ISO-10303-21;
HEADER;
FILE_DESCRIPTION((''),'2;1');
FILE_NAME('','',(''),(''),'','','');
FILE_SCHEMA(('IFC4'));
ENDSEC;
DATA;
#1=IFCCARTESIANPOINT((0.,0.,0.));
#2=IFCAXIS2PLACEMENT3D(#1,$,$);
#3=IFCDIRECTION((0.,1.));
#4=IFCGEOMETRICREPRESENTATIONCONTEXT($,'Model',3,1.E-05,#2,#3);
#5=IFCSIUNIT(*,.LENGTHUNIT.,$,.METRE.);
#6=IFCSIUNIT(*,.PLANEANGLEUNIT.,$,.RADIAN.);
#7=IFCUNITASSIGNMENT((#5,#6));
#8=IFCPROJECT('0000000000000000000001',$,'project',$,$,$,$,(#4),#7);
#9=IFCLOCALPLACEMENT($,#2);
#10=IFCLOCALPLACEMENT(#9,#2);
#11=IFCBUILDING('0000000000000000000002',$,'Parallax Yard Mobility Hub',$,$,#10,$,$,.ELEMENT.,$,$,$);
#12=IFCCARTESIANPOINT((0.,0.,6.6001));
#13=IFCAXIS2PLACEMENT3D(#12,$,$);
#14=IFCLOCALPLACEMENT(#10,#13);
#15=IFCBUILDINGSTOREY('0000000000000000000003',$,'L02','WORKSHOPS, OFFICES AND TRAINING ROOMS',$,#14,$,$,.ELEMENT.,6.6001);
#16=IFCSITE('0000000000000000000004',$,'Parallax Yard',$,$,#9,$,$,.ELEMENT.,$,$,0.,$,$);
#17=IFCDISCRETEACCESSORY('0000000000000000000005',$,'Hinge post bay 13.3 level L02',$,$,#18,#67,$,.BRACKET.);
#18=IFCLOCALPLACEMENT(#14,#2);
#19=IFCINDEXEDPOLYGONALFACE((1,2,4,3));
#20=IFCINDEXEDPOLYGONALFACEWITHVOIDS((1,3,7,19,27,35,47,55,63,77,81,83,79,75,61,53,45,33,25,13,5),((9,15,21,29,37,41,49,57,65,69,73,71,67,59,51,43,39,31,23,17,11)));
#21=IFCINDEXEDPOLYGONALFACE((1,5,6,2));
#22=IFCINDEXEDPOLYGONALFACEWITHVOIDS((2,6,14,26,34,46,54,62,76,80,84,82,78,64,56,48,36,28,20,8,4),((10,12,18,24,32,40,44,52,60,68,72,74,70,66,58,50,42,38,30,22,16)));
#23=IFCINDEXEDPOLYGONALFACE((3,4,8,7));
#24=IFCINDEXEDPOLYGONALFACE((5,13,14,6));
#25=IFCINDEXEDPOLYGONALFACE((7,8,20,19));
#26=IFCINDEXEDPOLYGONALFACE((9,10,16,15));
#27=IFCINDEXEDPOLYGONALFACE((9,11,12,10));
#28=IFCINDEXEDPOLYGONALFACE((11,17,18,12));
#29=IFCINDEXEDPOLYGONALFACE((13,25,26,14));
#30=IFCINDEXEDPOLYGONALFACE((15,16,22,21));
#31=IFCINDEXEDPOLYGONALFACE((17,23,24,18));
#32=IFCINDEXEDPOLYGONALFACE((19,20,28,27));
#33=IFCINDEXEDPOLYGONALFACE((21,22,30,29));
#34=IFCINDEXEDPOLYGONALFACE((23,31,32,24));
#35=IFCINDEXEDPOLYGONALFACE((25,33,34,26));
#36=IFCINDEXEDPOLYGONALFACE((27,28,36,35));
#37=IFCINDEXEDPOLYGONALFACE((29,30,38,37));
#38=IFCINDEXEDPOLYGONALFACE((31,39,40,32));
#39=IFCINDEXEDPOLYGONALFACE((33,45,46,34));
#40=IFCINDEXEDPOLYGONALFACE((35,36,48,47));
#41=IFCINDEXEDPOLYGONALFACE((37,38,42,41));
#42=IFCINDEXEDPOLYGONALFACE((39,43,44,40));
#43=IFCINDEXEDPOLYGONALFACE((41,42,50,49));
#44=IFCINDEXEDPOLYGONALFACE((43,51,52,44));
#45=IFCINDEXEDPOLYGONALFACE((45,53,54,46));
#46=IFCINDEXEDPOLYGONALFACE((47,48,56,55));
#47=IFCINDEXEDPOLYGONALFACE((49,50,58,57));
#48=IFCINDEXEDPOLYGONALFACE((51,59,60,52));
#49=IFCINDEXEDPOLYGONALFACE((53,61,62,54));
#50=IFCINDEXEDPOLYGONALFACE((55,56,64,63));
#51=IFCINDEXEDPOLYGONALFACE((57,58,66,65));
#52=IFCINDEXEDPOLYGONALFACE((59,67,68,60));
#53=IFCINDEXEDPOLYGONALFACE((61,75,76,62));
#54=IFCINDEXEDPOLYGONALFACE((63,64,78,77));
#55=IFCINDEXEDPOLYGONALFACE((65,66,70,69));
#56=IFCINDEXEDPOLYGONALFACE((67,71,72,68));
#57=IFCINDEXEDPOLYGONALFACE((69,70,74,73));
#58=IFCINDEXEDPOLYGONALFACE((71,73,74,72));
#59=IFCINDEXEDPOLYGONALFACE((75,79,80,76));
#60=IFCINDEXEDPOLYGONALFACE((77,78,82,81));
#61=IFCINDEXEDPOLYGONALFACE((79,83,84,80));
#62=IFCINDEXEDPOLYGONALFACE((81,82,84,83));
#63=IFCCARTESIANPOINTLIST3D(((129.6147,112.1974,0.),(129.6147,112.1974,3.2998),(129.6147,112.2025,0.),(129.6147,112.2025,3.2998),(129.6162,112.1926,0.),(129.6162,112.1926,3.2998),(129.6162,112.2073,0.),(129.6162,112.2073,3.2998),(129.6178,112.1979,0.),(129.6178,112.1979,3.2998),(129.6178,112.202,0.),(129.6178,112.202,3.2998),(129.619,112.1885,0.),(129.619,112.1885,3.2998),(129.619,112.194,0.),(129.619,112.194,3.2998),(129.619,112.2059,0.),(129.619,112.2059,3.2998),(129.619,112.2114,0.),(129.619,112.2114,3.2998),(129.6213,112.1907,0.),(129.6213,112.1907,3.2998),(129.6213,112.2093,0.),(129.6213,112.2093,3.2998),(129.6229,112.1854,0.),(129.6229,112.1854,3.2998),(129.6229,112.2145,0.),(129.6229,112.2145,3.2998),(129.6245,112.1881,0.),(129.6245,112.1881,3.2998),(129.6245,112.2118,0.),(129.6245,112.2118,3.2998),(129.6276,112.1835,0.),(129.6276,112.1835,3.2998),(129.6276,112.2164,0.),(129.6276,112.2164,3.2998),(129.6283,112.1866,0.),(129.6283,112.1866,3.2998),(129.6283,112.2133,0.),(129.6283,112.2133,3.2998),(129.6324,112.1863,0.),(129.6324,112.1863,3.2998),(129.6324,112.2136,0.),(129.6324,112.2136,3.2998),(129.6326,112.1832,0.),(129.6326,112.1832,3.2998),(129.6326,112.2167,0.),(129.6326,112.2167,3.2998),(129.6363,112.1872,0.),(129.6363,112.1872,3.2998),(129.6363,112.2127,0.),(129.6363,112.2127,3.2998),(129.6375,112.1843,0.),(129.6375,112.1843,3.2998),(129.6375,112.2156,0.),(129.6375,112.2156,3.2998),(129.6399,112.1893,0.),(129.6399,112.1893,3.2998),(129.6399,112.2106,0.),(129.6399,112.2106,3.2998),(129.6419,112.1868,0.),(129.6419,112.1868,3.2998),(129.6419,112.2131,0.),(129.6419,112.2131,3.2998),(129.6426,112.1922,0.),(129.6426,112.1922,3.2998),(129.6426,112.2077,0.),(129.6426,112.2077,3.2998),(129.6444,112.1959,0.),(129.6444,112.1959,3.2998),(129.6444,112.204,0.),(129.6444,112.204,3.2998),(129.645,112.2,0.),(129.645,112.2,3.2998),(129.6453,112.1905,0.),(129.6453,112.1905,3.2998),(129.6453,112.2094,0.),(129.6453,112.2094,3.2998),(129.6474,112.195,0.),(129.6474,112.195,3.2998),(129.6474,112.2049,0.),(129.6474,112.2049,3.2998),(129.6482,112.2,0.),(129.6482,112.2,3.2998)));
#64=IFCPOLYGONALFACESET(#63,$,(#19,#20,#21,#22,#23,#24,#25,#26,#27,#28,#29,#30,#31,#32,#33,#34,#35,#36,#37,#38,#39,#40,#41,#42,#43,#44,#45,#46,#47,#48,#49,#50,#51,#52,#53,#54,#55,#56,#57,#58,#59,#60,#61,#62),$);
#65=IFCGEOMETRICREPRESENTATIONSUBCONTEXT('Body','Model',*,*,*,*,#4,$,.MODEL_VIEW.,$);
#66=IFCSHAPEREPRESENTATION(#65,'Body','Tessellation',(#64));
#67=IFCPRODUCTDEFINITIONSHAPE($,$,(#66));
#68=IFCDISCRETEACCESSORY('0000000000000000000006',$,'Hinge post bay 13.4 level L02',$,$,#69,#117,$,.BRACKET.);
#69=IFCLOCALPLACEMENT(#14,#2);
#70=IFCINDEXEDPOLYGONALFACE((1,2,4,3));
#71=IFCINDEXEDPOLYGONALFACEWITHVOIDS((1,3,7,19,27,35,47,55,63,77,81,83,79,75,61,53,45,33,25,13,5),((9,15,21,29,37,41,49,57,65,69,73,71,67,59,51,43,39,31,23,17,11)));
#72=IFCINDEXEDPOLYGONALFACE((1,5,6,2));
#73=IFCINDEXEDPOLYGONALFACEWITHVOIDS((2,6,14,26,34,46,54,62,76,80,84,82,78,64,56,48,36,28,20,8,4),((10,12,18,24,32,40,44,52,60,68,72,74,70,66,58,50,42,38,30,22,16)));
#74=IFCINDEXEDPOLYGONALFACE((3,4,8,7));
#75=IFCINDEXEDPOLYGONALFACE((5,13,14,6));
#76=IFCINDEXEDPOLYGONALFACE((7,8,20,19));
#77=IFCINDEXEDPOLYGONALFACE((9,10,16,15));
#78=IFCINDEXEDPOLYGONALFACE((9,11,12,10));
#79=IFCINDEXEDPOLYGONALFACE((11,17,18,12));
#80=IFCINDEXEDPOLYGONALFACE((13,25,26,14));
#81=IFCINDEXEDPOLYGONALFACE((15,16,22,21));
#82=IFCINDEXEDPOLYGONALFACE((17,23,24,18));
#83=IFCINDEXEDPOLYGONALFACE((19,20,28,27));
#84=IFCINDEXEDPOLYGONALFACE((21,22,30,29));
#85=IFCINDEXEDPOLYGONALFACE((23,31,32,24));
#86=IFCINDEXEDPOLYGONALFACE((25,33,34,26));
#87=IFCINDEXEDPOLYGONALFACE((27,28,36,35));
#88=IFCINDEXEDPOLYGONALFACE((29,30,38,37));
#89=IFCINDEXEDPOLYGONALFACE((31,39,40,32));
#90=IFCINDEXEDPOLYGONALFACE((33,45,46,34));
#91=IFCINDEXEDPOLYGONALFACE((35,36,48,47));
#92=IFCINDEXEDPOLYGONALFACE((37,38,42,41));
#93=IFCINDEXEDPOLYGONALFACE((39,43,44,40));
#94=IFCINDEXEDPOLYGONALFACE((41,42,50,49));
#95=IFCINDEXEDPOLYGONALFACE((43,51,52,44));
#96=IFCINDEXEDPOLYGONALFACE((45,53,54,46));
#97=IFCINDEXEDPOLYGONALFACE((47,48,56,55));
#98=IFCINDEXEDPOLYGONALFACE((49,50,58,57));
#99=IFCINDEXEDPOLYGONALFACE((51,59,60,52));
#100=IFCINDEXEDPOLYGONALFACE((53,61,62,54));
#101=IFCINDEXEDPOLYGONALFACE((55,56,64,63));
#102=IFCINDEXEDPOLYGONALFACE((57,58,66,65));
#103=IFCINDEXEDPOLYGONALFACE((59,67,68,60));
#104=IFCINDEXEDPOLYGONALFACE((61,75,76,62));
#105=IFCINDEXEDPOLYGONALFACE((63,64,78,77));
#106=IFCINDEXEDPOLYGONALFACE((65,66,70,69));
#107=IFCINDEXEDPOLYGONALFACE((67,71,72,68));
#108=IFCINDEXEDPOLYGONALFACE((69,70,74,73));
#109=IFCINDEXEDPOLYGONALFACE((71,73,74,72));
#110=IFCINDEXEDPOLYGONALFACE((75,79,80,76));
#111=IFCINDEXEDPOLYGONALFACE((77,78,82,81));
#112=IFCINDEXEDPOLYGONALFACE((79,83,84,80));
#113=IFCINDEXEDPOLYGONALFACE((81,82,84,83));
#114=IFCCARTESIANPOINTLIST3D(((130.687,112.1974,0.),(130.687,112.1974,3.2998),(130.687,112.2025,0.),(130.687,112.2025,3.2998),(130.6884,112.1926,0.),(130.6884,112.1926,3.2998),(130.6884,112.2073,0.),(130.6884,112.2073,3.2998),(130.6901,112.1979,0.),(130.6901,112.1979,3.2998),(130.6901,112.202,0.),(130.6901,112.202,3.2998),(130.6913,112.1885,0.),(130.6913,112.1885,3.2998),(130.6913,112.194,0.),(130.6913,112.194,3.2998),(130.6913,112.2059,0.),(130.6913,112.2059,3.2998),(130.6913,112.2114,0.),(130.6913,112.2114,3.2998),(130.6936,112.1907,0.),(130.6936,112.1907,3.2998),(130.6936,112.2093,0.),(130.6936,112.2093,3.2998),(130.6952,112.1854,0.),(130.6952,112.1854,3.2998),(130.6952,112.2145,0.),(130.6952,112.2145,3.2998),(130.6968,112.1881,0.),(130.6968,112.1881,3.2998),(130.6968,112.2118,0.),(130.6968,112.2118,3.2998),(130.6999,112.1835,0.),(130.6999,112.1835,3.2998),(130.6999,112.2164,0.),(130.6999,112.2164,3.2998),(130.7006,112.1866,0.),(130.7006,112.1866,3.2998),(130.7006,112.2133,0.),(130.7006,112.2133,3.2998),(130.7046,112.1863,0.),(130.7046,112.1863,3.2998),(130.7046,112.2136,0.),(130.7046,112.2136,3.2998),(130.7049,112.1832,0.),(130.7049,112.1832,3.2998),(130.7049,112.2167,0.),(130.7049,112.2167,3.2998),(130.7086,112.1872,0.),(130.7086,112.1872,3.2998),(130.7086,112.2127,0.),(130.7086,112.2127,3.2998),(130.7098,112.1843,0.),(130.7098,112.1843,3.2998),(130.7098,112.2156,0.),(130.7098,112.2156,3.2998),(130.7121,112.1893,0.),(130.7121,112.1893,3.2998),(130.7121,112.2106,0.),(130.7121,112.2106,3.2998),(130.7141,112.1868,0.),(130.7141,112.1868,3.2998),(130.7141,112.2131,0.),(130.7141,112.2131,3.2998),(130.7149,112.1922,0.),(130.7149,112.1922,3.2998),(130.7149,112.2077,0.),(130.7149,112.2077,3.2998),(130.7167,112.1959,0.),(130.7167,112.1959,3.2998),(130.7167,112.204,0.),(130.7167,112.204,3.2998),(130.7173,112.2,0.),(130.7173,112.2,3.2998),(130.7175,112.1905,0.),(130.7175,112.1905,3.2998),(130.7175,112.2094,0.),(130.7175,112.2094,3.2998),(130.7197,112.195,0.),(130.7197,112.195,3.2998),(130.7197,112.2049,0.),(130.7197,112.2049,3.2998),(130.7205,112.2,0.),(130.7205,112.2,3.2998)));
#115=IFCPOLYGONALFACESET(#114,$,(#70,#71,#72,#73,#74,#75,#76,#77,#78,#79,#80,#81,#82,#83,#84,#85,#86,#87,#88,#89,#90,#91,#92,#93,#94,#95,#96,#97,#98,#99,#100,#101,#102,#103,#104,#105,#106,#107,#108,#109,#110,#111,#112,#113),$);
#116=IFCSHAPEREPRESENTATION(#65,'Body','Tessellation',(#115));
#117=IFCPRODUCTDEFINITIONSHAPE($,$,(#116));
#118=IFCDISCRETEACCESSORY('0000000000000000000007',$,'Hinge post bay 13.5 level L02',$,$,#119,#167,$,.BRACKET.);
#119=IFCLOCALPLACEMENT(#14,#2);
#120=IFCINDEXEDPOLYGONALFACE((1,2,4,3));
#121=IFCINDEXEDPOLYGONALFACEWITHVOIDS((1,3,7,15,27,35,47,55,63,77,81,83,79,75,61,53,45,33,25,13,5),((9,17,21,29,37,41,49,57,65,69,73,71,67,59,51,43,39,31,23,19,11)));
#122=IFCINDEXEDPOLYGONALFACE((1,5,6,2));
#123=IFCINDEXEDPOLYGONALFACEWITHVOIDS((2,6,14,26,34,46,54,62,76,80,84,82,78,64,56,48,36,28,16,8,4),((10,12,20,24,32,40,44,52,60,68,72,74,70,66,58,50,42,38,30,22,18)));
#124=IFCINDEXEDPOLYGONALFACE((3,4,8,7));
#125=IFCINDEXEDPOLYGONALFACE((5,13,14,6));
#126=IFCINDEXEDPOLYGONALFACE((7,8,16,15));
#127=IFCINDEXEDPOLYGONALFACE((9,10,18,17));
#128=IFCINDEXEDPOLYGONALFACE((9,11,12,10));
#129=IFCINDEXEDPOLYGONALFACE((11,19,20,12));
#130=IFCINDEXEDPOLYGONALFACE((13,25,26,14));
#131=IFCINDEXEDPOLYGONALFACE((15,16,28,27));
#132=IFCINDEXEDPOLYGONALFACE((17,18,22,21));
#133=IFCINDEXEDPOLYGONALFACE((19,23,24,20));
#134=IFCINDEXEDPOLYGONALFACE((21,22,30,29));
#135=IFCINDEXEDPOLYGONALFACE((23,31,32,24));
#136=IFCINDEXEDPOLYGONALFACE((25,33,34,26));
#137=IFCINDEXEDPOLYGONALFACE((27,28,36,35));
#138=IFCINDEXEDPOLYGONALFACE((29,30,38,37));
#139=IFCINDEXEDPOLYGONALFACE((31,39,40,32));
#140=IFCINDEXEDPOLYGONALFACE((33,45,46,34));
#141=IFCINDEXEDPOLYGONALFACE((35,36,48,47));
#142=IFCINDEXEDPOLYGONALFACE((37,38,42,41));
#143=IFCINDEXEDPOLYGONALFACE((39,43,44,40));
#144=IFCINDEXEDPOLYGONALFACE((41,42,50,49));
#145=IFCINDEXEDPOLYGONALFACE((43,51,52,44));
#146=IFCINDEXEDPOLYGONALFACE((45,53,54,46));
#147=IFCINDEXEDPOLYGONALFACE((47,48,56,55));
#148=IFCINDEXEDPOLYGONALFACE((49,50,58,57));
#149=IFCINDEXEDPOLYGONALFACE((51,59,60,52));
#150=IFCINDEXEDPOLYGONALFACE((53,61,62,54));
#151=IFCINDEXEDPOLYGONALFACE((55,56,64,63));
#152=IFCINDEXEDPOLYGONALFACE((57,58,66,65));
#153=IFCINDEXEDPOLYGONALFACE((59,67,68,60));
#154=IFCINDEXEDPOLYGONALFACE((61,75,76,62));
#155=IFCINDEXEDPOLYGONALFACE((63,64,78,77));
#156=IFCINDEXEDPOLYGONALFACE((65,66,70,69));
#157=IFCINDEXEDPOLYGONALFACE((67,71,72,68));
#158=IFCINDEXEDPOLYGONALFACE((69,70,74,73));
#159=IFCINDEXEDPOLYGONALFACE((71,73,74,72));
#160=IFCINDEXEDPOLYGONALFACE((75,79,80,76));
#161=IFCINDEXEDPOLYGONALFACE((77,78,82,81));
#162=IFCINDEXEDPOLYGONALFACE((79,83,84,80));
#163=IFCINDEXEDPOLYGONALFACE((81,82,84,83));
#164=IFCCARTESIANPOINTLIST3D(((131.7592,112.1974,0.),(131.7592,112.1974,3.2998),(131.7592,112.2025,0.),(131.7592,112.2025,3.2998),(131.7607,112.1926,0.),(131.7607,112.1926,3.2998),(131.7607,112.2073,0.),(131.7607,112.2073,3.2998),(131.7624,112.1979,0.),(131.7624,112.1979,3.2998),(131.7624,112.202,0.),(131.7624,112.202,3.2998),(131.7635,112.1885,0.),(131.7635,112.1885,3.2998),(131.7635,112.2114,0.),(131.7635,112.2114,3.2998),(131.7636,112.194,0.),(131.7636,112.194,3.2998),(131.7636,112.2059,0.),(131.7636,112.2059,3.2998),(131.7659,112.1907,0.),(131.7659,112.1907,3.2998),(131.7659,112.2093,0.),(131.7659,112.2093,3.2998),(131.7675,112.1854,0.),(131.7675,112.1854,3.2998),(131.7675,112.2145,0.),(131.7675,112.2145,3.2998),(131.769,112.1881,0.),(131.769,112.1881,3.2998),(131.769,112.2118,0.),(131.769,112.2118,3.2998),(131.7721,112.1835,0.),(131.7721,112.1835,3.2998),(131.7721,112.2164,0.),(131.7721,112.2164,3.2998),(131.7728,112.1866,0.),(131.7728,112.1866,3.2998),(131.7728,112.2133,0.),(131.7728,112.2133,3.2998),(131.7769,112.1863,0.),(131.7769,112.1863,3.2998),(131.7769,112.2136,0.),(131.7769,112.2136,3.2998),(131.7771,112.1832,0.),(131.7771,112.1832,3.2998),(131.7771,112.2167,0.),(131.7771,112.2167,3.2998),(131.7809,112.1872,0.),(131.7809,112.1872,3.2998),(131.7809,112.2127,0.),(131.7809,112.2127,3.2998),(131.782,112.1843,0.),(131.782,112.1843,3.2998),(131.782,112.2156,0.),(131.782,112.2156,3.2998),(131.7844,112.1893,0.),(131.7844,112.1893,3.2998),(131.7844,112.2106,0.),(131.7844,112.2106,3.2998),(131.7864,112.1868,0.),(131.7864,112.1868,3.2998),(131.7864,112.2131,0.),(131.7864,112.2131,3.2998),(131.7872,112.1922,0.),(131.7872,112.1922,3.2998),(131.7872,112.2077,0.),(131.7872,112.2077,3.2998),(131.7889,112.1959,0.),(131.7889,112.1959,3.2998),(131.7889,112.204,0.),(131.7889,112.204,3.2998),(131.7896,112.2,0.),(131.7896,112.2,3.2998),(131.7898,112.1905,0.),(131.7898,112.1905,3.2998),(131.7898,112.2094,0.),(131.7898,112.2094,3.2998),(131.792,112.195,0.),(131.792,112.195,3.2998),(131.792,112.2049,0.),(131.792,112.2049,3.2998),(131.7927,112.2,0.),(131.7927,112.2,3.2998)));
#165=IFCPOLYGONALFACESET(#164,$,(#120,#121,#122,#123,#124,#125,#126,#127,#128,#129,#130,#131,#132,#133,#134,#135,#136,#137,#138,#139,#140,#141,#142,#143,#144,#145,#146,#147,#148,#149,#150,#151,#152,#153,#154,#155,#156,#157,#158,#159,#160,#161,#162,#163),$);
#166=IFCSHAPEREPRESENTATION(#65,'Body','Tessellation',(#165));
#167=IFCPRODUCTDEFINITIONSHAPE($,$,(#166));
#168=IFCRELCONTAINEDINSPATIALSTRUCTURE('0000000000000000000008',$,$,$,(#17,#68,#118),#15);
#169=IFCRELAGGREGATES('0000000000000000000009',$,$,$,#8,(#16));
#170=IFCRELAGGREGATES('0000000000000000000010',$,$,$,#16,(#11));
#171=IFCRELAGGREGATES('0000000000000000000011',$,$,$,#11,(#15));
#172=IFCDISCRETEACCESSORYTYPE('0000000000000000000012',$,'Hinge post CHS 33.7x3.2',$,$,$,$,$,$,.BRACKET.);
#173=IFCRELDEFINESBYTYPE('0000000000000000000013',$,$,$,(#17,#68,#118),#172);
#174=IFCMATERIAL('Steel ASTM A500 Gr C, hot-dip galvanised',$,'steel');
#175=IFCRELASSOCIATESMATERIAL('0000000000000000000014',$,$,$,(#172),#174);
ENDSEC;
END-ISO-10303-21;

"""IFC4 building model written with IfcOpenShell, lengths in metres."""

from ifc_helpers import new_model, si_unit, direction, frame, origin, origin_2d, place, context, subcontext, project, spatial, hollow_circle, extrude, material, material_profile, profile_set, type_object, element, save


model = new_model("IFC4")

# Units and contexts
model_context = context("Model", 3, precision=1e-05, world=origin(), true_north=direction((0.0, 1.0)))
body_context = subcontext(model_context, "Body", "Model", "MODEL_VIEW")
ifc_project = project(units=[si_unit("LENGTHUNIT", "METRE"), si_unit("PLANEANGLEUNIT", "RADIAN")], contexts=[model_context])

# Site, building, storey
site_placement = place(None, origin())
site = spatial("IfcSite", under=ifc_project, at=site_placement, Name="Parallax Yard", CompositionType="ELEMENT", RefElevation=0.0)
building_placement = place(site_placement, origin())
building = spatial("IfcBuilding", under=site, at=building_placement, Name="Parallax Yard Mobility Hub", CompositionType="ELEMENT")
storey_placement = place(building_placement, frame((0.0, 0.0, 6.6001)))
storey = spatial("IfcBuildingStorey", under=building, at=storey_placement, Name="L02", Description="WORKSHOPS, OFFICES AND TRAINING ROOMS", CompositionType="ELEMENT", Elevation=6.6001)

# Discrete accessories
ifc_material_1 = material(Name="Steel ASTM A500 Gr C, hot-dip galvanised", Category="steel")
ifc_material_profile_1 = material_profile(ifc_material_1, hollow_circle(Radius=0.0168, WallThickness=0.0032, at=origin_2d()), Name="CHS 33.7x3.2")
ifc_profile_set_1 = profile_set([ifc_material_profile_1], Name="Steel ASTM A500 Gr C, hot-dip galvanised")
discrete_accessory_type_1 = type_object("IfcDiscreteAccessoryType", Name="Hinge post CHS 33.7x3.2", PredefinedType="BRACKET", material=ifc_profile_set_1)
for number, where, z_axis, x_axis, name in (
    (1, (129.6313, 112.2, 0.0), (0.0, 0.0, 1.0), (1.0, 0.0, 0.0), "Hinge post bay 13.3 level L02"),
    (2, (130.7036, 112.2, 0.0), (0.0, 0.0, 1.0), (1.0, 0.0, 0.0), "Hinge post bay 13.4 level L02"),
    (3, (131.7759, 112.2, 0.0), (0.0, 0.0, 1.0), (1.0, 0.0, 0.0), "Hinge post bay 13.5 level L02"),
):
    element("IfcDiscreteAccessory", number, at=place(storey_placement, frame(where, z_axis=z_axis, x_axis=x_axis)), inside=storey, type_object=discrete_accessory_type_1, Name=name, PredefinedType="BRACKET", context=body_context, shape_type="SweptSolid", body=[
        extrude(hollow_circle(Radius=0.0168, WallThickness=0.0032, at=origin_2d()), origin(), (0.0, 0.0, 1.0), 3.2998),
    ])

save(model, "model.ifc")
